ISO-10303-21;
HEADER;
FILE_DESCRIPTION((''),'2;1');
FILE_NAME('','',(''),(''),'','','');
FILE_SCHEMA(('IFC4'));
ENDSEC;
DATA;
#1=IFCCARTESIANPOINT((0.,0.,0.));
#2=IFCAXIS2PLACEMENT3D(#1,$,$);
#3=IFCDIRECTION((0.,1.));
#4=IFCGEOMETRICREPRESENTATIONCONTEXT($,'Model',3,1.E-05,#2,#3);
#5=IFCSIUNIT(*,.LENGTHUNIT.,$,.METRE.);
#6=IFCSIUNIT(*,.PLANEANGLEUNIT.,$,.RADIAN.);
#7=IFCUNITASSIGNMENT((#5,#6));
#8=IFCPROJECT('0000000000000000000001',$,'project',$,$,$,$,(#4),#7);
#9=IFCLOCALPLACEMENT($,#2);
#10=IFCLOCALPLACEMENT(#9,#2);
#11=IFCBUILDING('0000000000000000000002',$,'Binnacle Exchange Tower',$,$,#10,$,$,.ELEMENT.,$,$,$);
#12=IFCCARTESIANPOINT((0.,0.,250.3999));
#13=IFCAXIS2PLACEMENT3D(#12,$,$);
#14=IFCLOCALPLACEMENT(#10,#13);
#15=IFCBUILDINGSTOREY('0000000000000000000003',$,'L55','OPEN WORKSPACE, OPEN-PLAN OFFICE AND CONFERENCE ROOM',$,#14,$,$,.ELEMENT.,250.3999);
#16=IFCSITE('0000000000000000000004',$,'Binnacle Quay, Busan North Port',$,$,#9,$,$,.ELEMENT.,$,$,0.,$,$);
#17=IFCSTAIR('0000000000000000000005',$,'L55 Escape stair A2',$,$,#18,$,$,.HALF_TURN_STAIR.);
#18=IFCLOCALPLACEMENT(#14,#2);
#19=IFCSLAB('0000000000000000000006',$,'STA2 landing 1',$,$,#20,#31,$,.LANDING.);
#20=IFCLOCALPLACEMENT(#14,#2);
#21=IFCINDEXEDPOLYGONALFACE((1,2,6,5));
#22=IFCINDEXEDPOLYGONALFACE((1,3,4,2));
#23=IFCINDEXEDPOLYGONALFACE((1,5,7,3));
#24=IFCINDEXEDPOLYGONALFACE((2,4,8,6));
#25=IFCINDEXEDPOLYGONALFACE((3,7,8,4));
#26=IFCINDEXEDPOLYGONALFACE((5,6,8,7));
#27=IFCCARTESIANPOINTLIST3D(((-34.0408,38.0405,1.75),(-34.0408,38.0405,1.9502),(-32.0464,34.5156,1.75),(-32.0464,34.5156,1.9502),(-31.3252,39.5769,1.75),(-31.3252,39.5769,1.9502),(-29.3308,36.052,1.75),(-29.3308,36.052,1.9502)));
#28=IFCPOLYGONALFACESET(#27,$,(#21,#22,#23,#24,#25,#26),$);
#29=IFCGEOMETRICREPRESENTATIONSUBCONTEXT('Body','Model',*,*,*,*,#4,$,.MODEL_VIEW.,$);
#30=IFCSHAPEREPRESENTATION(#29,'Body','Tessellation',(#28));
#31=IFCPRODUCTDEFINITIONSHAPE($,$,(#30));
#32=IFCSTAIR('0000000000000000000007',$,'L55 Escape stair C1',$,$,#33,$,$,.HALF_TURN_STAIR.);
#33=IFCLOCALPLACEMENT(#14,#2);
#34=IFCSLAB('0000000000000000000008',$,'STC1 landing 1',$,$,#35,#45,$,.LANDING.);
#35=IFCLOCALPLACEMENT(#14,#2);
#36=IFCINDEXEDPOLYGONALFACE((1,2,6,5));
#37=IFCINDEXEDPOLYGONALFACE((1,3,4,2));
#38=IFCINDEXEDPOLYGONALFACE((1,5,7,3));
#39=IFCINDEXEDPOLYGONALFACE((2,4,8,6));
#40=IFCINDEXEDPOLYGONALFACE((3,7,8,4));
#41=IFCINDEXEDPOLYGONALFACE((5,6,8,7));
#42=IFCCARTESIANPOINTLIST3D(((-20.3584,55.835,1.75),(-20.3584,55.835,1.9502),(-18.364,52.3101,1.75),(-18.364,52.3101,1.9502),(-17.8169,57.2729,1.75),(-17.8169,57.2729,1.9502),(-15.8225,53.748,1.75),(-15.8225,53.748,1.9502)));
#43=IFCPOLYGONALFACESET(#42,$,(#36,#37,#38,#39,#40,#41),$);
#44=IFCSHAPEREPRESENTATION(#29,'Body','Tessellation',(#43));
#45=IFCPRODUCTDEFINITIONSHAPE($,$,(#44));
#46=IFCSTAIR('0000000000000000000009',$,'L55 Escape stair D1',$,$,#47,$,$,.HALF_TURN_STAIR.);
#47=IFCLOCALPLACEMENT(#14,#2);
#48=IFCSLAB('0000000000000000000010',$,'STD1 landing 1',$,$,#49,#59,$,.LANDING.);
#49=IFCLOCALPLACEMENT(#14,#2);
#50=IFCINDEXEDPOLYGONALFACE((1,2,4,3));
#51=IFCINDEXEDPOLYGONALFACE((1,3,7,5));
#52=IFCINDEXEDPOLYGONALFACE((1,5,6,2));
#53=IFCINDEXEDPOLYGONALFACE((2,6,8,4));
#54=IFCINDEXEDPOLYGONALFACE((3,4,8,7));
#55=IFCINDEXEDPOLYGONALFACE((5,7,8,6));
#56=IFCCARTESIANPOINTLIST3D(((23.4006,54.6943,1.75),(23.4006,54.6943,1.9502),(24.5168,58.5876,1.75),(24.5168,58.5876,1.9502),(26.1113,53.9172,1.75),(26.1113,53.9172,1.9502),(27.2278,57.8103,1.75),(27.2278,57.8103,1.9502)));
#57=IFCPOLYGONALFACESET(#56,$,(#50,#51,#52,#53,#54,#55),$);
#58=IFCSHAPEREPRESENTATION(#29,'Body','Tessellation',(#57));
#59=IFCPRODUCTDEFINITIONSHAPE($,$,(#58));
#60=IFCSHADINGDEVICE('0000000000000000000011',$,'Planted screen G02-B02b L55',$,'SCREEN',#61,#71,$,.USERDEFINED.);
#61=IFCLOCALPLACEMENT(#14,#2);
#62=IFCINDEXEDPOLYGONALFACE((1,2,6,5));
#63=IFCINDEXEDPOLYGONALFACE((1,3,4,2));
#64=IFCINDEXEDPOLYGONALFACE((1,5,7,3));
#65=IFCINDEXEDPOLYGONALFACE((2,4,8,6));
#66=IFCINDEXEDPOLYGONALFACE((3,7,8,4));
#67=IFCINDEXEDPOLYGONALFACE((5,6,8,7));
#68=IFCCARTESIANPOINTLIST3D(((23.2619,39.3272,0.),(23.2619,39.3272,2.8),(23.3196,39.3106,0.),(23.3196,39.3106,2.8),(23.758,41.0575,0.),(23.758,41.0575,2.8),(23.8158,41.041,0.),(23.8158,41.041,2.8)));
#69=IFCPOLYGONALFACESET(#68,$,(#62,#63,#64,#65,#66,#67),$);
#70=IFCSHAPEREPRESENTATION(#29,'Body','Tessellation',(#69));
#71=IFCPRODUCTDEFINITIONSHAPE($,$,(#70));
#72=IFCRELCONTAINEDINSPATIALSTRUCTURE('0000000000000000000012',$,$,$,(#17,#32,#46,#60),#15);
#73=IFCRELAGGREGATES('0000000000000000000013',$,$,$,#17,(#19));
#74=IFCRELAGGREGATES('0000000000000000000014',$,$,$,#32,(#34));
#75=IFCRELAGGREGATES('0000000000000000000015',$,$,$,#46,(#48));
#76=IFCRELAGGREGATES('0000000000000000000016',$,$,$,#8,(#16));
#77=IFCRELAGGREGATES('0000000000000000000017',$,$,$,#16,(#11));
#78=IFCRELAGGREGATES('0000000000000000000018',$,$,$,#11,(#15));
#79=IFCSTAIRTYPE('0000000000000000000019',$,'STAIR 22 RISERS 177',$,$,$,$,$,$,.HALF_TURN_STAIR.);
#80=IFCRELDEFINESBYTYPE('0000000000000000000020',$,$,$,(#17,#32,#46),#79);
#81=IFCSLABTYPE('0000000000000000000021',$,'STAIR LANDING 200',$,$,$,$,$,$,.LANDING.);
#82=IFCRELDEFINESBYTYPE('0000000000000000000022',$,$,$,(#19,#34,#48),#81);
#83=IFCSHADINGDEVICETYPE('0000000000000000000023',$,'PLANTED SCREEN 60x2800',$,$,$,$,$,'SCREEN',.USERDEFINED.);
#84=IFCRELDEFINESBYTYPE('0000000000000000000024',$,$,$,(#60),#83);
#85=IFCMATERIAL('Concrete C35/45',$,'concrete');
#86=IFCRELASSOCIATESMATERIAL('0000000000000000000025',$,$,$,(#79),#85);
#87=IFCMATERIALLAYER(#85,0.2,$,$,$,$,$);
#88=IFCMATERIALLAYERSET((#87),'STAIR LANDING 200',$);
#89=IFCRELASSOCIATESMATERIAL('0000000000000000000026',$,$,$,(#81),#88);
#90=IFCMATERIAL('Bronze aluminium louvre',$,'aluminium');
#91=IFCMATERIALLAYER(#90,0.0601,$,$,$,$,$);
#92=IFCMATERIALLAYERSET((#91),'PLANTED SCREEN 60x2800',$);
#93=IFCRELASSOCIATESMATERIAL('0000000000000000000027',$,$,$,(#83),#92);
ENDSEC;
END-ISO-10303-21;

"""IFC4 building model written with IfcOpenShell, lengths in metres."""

from ifc_helpers import new_model, si_unit, direction, frame, origin, origin_2d, place, context, subcontext, project, spatial, polyline, rectangle, outline, extrude, material, layer, layer_set, type_object, element, aggregate, save


model = new_model("IFC4")

# Units and contexts
model_context = context("Model", 3, precision=1e-05, world=origin(), true_north=direction((0.0, 1.0)))
body_context = subcontext(model_context, "Body", "Model", "MODEL_VIEW")
ifc_project = project(units=[si_unit("LENGTHUNIT", "METRE"), si_unit("PLANEANGLEUNIT", "RADIAN")], contexts=[model_context])

# Site, building, storey
site_placement = place(None, origin())
site = spatial("IfcSite", under=ifc_project, at=site_placement, Name="Binnacle Quay, Busan North Port", CompositionType="ELEMENT", RefElevation=0.0)
building_placement = place(site_placement, origin())
building = spatial("IfcBuilding", under=site, at=building_placement, Name="Binnacle Exchange Tower", CompositionType="ELEMENT")
storey_placement = place(building_placement, frame((0.0, 0.0, 250.3999)))
storey = spatial("IfcBuildingStorey", under=building, at=storey_placement, Name="L55", Description="OPEN WORKSPACE, OPEN-PLAN OFFICE AND CONFERENCE ROOM", CompositionType="ELEMENT", Elevation=250.3999)

# Shared definitions
ifc_material_1 = material(Name="Concrete C35/45", Category="concrete")

# Stairs, slabs
stair_type = type_object("IfcStairType", Name="STAIR 22 RISERS 177", PredefinedType="HALF_TURN_STAIR", material=ifc_material_1)
ifc_layer_1 = layer(ifc_material_1, 0.2)
ifc_layer_set_1 = layer_set([ifc_layer_1], Name="STAIR LANDING 200")
slab_type_1 = type_object("IfcSlabType", Name="STAIR LANDING 200", PredefinedType="LANDING", material=ifc_layer_set_1)
stair_1_placement = place(storey_placement, origin())
stair_1 = element("IfcStair", 1, at=stair_1_placement, inside=storey, type_object=stair_type, Name="L55 Escape stair A2", PredefinedType="HALF_TURN_STAIR")
slab_1_placement = place(storey_placement, frame((0.0, 0.0, 1.75)))
slab_1 = element("IfcSlab", 2, at=slab_1_placement, type_object=slab_type_1, Name="STA2 landing 1", PredefinedType="LANDING", context=body_context, shape_type="SweptSolid", body=[
    extrude(outline(polyline([(-31.3252, 39.5769), (-34.0408, 38.0405), (-32.0464, 34.5156), (-29.3308, 36.052), (-31.3252, 39.5769)])), origin(), (0.0, 0.0, 1.0), 0.2002),
])
aggregate(stair_1, [slab_1])
stair_2_placement = place(storey_placement, origin())
stair_2 = element("IfcStair", 3, at=stair_2_placement, inside=storey, type_object=stair_type, Name="L55 Escape stair C1", PredefinedType="HALF_TURN_STAIR")
slab_2_placement = place(storey_placement, frame((0.0, 0.0, 1.75)))
slab_2 = element("IfcSlab", 4, at=slab_2_placement, type_object=slab_type_1, Name="STC1 landing 1", PredefinedType="LANDING", context=body_context, shape_type="SweptSolid", body=[
    extrude(outline(polyline([(-18.364, 52.3101), (-15.8225, 53.748), (-17.8169, 57.2729), (-20.3584, 55.835), (-18.364, 52.3101)])), origin(), (0.0, 0.0, 1.0), 0.2002),
])
aggregate(stair_2, [slab_2])
stair_3_placement = place(storey_placement, origin())
stair_3 = element("IfcStair", 5, at=stair_3_placement, inside=storey, type_object=stair_type, Name="L55 Escape stair D1", PredefinedType="HALF_TURN_STAIR")
slab_3_placement = place(storey_placement, frame((0.0, 0.0, 1.75)))
slab_3 = element("IfcSlab", 6, at=slab_3_placement, type_object=slab_type_1, Name="STD1 landing 1", PredefinedType="LANDING", context=body_context, shape_type="SweptSolid", body=[
    extrude(outline(polyline([(23.4006, 54.6943), (26.1113, 53.9172), (27.2278, 57.8103), (24.5168, 58.5876), (23.4006, 54.6943)])), origin(), (0.0, 0.0, 1.0), 0.2002),
])
aggregate(stair_3, [slab_3])

# Shading device
ifc_material_2 = material(Name="Bronze aluminium louvre", Category="aluminium")
ifc_layer_2 = layer(ifc_material_2, 0.0601)
ifc_layer_set_2 = layer_set([ifc_layer_2], Name="PLANTED SCREEN 60x2800")
shading_device_type = type_object("IfcShadingDeviceType", Name="PLANTED SCREEN 60x2800", ElementType="SCREEN", PredefinedType="USERDEFINED", material=ifc_layer_set_2)
shading_device_placement = place(storey_placement, frame((23.5388, 40.1841, 0.0), z_axis=(0.0, 0.0, 1.0), x_axis=(0.961262, -0.275637, 0.0)))
element("IfcShadingDevice", 7, at=shading_device_placement, inside=storey, type_object=shading_device_type, Name="Planted screen G02-B02b L55", ObjectType="SCREEN", PredefinedType="USERDEFINED", context=body_context, shape_type="SweptSolid", body=[
    extrude(rectangle(XDim=0.0601, YDim=1.8, at=origin_2d()), origin(), (0.0, 0.0, 1.0), 2.8),
])

save(model, "model.ifc")
